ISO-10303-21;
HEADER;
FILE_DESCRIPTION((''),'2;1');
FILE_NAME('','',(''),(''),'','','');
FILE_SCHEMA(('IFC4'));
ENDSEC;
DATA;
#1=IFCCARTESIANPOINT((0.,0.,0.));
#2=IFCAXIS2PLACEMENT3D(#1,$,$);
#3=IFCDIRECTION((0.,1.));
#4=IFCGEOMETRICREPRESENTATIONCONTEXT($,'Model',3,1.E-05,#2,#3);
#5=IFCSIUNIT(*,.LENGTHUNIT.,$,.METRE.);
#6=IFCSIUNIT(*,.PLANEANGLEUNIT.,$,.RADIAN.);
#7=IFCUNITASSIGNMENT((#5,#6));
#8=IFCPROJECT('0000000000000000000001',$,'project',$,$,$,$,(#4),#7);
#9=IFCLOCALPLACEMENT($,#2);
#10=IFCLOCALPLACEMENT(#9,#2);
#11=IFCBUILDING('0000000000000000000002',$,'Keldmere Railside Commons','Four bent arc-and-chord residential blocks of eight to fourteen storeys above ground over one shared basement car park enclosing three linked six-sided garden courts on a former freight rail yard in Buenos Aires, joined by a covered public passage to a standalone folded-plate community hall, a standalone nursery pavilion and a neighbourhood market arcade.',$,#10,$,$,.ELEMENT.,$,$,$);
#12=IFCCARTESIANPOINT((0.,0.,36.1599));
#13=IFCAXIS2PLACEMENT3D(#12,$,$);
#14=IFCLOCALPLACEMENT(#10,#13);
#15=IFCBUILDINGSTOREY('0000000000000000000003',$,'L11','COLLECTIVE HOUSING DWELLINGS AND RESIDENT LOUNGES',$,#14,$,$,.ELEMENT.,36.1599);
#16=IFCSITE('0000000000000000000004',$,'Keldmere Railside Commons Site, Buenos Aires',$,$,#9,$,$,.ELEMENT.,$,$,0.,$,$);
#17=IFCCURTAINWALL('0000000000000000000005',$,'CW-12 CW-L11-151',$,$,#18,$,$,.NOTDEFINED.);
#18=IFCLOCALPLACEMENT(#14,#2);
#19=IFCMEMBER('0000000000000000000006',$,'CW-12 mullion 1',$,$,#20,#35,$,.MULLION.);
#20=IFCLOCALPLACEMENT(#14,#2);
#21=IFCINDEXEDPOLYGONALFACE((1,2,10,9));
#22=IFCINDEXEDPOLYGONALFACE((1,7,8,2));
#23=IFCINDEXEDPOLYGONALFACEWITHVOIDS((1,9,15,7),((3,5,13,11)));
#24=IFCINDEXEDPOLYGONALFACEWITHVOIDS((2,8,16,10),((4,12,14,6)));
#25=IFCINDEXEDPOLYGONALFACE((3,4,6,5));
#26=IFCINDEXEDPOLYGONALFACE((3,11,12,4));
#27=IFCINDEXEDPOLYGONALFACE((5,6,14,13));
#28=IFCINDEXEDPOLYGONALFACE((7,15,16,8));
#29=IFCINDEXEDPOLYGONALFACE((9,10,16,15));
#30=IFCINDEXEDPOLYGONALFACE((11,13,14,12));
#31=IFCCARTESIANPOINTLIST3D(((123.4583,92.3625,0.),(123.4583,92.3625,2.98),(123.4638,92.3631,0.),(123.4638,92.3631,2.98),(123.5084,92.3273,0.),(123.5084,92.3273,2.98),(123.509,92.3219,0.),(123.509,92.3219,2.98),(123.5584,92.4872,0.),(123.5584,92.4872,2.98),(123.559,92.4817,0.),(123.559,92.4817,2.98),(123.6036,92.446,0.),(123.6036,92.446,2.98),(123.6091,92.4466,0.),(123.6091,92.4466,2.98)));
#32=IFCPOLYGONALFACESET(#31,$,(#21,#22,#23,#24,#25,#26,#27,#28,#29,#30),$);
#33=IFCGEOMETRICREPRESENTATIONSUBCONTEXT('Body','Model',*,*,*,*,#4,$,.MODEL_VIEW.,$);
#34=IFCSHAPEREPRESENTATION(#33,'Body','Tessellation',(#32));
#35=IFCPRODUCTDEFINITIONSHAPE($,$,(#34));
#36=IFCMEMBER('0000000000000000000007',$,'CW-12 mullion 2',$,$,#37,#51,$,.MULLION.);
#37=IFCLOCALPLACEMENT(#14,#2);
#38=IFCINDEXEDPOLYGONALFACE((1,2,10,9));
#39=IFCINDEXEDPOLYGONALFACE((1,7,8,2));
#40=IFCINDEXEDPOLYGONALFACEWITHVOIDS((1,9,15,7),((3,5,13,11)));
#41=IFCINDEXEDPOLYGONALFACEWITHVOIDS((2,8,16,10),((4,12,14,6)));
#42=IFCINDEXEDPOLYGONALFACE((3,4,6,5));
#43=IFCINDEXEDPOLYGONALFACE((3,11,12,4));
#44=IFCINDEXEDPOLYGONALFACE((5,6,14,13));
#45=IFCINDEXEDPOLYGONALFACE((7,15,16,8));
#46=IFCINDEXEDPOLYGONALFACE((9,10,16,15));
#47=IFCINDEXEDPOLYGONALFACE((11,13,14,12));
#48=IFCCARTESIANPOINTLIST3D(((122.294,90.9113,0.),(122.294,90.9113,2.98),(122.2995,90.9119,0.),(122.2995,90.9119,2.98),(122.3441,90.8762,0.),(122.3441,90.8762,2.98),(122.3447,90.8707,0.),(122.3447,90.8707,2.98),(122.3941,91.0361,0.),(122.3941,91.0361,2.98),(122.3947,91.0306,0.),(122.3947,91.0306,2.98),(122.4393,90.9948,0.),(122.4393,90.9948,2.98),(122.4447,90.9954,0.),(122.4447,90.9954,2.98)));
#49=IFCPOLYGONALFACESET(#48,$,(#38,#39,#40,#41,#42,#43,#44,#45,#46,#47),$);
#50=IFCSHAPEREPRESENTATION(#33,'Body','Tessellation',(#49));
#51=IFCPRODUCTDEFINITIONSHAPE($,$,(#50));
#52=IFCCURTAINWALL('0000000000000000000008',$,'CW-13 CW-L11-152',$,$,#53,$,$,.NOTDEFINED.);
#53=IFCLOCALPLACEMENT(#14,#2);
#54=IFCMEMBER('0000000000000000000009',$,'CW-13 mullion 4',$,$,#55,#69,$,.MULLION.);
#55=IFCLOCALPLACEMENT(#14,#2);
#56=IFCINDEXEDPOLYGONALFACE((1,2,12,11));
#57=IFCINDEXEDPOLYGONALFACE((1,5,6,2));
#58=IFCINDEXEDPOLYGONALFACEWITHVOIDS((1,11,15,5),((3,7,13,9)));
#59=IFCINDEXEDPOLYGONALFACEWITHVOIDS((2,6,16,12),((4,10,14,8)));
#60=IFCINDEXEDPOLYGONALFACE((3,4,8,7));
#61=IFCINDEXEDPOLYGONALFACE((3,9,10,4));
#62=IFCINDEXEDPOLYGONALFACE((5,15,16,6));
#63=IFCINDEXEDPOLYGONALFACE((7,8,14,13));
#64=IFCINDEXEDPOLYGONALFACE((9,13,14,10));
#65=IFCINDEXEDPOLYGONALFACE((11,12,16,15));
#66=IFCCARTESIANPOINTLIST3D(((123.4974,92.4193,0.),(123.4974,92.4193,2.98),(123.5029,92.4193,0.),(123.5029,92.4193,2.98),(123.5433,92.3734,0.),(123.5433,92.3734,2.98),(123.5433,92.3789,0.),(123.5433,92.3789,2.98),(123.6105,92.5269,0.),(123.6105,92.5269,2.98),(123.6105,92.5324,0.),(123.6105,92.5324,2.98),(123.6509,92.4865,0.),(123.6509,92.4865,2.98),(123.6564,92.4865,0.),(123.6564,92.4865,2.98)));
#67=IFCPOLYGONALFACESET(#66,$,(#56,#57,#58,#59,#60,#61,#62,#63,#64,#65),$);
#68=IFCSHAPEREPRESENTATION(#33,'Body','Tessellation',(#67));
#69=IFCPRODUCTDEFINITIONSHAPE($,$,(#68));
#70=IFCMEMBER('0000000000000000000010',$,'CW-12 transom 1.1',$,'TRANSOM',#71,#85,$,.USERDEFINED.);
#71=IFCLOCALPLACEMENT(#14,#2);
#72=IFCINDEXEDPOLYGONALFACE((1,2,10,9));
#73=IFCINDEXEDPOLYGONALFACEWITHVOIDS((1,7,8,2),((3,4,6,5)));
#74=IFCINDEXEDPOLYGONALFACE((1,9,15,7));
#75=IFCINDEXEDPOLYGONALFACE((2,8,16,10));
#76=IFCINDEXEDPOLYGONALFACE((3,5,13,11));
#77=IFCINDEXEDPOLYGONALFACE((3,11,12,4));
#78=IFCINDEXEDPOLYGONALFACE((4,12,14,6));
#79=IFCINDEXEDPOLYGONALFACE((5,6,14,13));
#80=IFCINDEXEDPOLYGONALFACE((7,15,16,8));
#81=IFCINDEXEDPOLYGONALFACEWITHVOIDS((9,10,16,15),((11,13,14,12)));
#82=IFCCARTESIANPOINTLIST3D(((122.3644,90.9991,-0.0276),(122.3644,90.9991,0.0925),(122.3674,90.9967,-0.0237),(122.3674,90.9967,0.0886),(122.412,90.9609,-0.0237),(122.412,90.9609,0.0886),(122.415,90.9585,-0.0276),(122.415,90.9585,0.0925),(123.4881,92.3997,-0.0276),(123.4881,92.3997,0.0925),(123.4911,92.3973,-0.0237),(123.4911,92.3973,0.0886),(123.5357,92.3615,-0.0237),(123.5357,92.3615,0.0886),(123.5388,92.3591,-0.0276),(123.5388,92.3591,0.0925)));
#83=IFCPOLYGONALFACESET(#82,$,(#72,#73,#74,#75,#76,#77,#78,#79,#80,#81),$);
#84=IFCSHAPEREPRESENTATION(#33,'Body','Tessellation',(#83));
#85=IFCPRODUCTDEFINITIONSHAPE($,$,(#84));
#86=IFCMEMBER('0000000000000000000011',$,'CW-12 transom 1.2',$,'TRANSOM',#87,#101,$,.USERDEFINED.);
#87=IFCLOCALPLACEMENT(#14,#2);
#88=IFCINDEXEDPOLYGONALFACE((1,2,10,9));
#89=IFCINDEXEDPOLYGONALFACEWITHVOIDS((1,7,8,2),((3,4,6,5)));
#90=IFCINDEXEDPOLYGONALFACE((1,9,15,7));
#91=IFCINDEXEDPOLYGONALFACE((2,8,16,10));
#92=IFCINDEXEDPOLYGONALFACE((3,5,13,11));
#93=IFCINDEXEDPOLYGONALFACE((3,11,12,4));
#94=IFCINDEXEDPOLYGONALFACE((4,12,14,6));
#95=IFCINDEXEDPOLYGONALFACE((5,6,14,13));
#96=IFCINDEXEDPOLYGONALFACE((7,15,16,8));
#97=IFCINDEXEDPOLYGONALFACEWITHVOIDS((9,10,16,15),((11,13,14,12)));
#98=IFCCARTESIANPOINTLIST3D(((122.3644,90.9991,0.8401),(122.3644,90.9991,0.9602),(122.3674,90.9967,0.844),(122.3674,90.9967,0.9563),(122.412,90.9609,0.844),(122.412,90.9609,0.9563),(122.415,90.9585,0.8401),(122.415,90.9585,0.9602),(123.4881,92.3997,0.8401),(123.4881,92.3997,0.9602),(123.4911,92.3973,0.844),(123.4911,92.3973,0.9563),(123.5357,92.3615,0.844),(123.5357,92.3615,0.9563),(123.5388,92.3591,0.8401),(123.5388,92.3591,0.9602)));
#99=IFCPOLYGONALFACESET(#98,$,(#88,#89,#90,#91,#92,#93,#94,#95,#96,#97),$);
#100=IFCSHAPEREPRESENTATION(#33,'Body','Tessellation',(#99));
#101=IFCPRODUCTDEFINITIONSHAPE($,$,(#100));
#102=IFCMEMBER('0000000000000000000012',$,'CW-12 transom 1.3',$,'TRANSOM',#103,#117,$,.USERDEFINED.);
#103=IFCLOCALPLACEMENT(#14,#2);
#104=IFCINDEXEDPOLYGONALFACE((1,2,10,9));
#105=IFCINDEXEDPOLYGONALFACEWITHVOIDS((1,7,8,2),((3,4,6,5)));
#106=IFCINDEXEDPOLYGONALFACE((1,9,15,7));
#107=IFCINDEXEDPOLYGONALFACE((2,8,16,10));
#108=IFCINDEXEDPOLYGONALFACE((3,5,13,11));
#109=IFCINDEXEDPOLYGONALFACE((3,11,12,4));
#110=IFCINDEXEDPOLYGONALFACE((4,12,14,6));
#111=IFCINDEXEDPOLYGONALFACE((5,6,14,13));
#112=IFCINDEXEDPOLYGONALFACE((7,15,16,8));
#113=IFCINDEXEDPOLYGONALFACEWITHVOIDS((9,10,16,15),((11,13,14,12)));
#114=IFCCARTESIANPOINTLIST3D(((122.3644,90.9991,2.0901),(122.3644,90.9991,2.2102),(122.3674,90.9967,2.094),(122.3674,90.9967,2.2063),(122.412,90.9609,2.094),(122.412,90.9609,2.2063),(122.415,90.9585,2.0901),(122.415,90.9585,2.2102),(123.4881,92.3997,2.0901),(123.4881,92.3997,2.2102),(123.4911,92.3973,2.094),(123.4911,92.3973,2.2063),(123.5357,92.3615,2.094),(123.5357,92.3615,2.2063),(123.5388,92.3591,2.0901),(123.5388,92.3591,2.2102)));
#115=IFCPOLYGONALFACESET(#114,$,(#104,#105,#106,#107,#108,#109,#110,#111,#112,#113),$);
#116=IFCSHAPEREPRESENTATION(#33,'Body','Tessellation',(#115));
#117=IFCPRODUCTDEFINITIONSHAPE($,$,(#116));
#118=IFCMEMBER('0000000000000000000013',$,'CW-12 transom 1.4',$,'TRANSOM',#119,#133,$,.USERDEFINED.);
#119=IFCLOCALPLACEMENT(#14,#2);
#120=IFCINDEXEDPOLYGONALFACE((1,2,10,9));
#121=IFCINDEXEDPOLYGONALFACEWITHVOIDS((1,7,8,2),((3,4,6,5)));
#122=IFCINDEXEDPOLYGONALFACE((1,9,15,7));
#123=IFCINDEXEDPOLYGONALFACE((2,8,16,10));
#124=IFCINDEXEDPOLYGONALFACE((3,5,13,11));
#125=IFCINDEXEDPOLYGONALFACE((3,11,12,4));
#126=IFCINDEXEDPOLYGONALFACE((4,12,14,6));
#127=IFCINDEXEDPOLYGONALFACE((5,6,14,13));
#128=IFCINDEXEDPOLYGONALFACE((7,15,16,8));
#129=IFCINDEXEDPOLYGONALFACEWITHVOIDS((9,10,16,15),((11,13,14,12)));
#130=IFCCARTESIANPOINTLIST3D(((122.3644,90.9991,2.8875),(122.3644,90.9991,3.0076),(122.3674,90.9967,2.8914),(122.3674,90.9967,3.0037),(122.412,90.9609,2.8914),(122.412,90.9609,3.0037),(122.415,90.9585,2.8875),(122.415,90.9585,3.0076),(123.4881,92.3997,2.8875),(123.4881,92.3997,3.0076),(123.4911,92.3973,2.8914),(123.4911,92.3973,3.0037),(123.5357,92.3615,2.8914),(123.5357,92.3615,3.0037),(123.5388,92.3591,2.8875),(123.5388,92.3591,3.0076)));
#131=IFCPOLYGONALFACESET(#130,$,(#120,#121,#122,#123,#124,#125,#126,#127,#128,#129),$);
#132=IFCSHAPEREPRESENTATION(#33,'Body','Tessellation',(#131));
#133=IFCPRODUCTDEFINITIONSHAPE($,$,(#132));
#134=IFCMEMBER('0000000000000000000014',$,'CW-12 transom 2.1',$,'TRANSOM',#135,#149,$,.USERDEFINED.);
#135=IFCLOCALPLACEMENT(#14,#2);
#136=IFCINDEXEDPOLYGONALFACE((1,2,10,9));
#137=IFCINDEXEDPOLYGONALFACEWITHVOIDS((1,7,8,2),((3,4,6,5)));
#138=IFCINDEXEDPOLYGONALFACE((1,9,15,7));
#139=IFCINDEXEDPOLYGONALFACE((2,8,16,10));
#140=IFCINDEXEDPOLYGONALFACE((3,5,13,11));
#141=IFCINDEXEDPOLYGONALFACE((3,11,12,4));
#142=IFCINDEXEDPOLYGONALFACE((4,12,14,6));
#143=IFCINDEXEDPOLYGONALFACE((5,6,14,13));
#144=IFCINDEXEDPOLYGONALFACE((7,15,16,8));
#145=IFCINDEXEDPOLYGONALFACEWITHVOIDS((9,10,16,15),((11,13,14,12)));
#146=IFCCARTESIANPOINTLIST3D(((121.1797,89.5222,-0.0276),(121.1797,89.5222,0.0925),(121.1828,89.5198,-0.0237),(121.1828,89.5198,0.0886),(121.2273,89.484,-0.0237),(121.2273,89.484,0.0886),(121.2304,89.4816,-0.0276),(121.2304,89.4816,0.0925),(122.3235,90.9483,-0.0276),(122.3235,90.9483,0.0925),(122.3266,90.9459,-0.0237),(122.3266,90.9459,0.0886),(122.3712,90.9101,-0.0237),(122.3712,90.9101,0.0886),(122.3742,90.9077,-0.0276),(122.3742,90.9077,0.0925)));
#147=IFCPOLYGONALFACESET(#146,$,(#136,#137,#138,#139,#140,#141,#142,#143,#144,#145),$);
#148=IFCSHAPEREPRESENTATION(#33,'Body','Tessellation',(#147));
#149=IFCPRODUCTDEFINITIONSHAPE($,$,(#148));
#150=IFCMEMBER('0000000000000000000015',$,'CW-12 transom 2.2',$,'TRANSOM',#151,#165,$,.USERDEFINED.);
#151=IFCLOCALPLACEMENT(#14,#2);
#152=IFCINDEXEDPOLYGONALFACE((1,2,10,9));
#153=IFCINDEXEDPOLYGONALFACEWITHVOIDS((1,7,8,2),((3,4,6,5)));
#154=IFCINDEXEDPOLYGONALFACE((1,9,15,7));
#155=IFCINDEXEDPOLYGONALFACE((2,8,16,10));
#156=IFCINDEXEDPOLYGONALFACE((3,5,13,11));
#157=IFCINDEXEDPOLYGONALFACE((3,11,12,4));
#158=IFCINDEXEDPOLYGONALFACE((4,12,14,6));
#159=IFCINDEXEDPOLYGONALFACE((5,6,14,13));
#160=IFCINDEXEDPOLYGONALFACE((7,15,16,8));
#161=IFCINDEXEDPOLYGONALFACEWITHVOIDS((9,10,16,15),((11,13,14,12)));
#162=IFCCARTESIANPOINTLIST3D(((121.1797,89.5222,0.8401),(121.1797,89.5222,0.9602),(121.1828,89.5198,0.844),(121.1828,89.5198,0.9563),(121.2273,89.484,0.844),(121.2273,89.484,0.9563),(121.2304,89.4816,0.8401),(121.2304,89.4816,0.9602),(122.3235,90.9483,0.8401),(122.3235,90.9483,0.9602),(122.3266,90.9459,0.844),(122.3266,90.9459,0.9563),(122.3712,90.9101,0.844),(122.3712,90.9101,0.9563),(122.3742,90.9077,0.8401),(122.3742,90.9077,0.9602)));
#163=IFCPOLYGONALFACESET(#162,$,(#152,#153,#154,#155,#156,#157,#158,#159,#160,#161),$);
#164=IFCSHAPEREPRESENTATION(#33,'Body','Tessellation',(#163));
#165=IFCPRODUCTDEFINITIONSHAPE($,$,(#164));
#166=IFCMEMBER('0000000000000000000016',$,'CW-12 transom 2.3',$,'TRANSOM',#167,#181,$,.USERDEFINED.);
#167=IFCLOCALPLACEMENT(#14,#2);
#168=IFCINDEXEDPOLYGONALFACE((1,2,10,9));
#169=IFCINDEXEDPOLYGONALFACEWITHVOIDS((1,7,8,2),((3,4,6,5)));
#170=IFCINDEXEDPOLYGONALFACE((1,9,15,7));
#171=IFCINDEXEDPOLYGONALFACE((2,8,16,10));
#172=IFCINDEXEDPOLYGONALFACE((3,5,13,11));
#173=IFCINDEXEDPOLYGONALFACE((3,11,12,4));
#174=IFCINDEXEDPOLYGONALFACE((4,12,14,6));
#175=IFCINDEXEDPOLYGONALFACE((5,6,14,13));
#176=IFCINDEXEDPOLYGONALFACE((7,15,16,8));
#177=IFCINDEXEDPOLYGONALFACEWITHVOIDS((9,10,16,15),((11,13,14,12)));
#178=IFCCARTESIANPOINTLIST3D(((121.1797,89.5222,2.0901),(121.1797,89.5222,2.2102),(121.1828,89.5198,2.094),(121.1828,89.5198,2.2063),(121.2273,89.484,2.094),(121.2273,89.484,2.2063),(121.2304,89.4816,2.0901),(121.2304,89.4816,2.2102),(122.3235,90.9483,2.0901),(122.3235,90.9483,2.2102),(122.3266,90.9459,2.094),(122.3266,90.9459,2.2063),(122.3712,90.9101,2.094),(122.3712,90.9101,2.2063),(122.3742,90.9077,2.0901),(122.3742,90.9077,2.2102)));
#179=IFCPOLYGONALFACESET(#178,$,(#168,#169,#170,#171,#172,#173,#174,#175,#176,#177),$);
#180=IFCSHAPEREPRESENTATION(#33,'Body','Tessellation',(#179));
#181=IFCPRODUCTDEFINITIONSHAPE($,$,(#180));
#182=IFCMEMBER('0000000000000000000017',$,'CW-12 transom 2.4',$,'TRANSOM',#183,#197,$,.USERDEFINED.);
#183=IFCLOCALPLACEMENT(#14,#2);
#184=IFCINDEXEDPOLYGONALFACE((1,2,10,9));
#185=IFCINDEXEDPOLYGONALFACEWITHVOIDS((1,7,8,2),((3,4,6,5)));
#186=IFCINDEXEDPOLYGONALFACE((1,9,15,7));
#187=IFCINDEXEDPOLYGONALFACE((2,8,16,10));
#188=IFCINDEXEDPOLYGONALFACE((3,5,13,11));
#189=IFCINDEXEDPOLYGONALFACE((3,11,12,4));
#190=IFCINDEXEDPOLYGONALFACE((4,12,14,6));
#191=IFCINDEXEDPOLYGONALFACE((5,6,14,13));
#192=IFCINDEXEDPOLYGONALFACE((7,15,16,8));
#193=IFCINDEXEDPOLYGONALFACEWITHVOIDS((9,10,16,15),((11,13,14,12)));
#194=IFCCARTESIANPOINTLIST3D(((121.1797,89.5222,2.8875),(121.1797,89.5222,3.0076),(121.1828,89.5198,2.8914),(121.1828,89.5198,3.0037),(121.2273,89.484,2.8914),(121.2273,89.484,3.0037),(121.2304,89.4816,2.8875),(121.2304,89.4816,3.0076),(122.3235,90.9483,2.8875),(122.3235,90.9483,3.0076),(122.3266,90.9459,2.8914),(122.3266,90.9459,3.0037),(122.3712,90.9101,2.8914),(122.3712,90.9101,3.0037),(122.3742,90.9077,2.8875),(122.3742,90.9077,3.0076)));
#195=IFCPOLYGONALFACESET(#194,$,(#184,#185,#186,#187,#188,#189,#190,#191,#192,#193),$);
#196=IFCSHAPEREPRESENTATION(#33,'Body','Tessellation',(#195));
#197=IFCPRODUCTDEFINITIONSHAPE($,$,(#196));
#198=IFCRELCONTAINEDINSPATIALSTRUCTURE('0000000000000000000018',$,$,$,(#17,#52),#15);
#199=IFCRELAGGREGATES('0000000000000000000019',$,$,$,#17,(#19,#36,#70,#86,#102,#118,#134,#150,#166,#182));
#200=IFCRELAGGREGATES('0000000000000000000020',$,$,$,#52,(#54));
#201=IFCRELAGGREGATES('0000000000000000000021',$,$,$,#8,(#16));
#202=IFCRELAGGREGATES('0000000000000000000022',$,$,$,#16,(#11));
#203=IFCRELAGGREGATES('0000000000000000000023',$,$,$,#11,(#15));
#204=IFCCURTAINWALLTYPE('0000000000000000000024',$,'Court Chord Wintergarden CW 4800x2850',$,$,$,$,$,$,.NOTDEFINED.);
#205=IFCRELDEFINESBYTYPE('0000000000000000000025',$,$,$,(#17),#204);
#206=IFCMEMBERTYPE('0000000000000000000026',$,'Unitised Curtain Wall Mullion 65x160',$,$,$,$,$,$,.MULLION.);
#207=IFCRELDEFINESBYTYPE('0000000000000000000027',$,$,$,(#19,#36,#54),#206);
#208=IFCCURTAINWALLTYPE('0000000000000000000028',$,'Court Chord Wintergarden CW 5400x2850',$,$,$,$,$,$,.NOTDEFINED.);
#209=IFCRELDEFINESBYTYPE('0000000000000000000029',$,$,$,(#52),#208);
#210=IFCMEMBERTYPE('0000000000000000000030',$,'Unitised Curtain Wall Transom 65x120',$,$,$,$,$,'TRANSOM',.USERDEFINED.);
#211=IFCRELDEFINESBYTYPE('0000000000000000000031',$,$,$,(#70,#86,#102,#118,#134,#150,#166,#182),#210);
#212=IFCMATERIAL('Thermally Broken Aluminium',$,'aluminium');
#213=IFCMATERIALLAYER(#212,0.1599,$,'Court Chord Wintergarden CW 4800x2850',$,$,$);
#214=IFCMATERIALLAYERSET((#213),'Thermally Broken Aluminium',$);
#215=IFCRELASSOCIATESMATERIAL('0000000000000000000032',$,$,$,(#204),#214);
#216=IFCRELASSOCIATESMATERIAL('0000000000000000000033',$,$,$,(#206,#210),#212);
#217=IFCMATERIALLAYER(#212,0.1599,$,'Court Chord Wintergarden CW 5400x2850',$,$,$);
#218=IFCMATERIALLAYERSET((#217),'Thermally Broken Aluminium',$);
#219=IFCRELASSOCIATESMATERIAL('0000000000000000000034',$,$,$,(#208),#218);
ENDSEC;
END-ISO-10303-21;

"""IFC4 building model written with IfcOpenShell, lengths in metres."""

from ifc_helpers import new_model, si_unit, direction, frame, origin, origin_2d, place, context, subcontext, project, spatial, hollow_rectangle, extrude, material, layer, layer_set, material_profile, profile_set, type_object, element, aggregate, save


model = new_model("IFC4")

# Units and contexts
model_context = context("Model", 3, precision=1e-05, world=origin(), true_north=direction((0.0, 1.0)))
body_context = subcontext(model_context, "Body", "Model", "MODEL_VIEW")
ifc_project = project(units=[si_unit("LENGTHUNIT", "METRE"), si_unit("PLANEANGLEUNIT", "RADIAN")], contexts=[model_context])

# Site, building, storey
site_placement = place(None, origin())
site = spatial("IfcSite", under=ifc_project, at=site_placement, Name="Keldmere Railside Commons Site, Buenos Aires", CompositionType="ELEMENT", RefElevation=0.0)
building_placement = place(site_placement, origin())
building = spatial("IfcBuilding", under=site, at=building_placement, Name="Keldmere Railside Commons", Description="Four bent arc-and-chord residential blocks of eight to fourteen storeys above ground over one shared basement car park enclosing three linked six-sided garden courts on a former freight rail yard in Buenos Aires, joined by a covered public passage to a standalone folded-plate community hall, a standalone nursery pavilion and a neighbourhood market arcade.", CompositionType="ELEMENT")
storey_placement = place(building_placement, frame((0.0, 0.0, 36.1599)))
storey = spatial("IfcBuildingStorey", under=building, at=storey_placement, Name="L11", Description="COLLECTIVE HOUSING DWELLINGS AND RESIDENT LOUNGES", CompositionType="ELEMENT", Elevation=36.1599)

# Curtain wall, members
ifc_material_1 = material(Name="Thermally Broken Aluminium", Category="aluminium")
ifc_layer_1 = layer(ifc_material_1, 0.1599, Name="Court Chord Wintergarden CW 4800x2850")
ifc_layer_set_1 = layer_set([ifc_layer_1], Name="Thermally Broken Aluminium")
curtain_wall_type_1 = type_object("IfcCurtainWallType", Name="Court Chord Wintergarden CW 4800x2850", PredefinedType="NOTDEFINED", material=ifc_layer_set_1)
curtain_wall_1_placement = place(storey_placement, origin())
curtain_wall_1 = element("IfcCurtainWall", 1, at=curtain_wall_1_placement, inside=storey, type_object=curtain_wall_type_1, Name="CW-12 CW-L11-151", PredefinedType="NOTDEFINED")
ifc_material_profile_1 = material_profile(ifc_material_1, hollow_rectangle(XDim=0.0649, YDim=0.1599, WallThickness=0.0039, at=origin_2d()), Name="ALU-MULL-65x160")
ifc_profile_set_1 = profile_set([ifc_material_profile_1], Name="Thermally Broken Aluminium")
member_type_1 = type_object("IfcMemberType", Name="Unitised Curtain Wall Mullion 65x160", PredefinedType="MULLION", material=ifc_profile_set_1)
member_1_placement = place(storey_placement, frame((123.5337, 92.4045, 0.0), z_axis=(0.0, 0.0, 1.0), x_axis=(0.780009, -0.625768, 0.0)))
member_1 = element("IfcMember", 2, at=member_1_placement, type_object=member_type_1, Name="CW-12 mullion 1", PredefinedType="MULLION", context=body_context, shape_type="SweptSolid", body=[
    extrude(hollow_rectangle(XDim=0.0649, YDim=0.1599, WallThickness=0.0039, at=origin_2d()), origin(), (0.0, 0.0, 1.0), 2.98),
])
member_2_placement = place(storey_placement, frame((122.3694, 90.9534, 0.0), z_axis=(0.0, 0.0, 1.0), x_axis=(0.780009, -0.625768, 0.0)))
member_2 = element("IfcMember", 3, at=member_2_placement, type_object=member_type_1, Name="CW-12 mullion 2", PredefinedType="MULLION", context=body_context, shape_type="SweptSolid", body=[
    extrude(hollow_rectangle(XDim=0.0649, YDim=0.1599, WallThickness=0.0039, at=origin_2d()), origin(), (0.0, 0.0, 1.0), 2.98),
])

# Curtain wall, member
ifc_layer_2 = layer(ifc_material_1, 0.1599, Name="Court Chord Wintergarden CW 5400x2850")
ifc_layer_set_2 = layer_set([ifc_layer_2], Name="Thermally Broken Aluminium")
curtain_wall_type_2 = type_object("IfcCurtainWallType", Name="Court Chord Wintergarden CW 5400x2850", PredefinedType="NOTDEFINED", material=ifc_layer_set_2)
curtain_wall_2_placement = place(storey_placement, origin())
curtain_wall_2 = element("IfcCurtainWall", 4, at=curtain_wall_2_placement, inside=storey, type_object=curtain_wall_type_2, Name="CW-13 CW-L11-152", PredefinedType="NOTDEFINED")
member_3_placement = place(storey_placement, frame((123.5769, 92.4529, 0.0), z_axis=(0.0, 0.0, 1.0), x_axis=(0.707107, -0.707107, 0.0)))
member_3 = element("IfcMember", 5, at=member_3_placement, type_object=member_type_1, Name="CW-13 mullion 4", PredefinedType="MULLION", context=body_context, shape_type="SweptSolid", body=[
    extrude(hollow_rectangle(XDim=0.0649, YDim=0.1599, WallThickness=0.0039, at=origin_2d()), origin(), (0.0, 0.0, 1.0), 2.98),
])

# Members
ifc_material_profile_2 = material_profile(ifc_material_1, hollow_rectangle(XDim=0.0649, YDim=0.1201, WallThickness=0.0039, at=origin_2d()), Name="ALU-TRAN-65x120")
ifc_profile_set_2 = profile_set([ifc_material_profile_2], Name="Thermally Broken Aluminium")
member_type_2 = type_object("IfcMemberType", Name="Unitised Curtain Wall Transom 65x120", ElementType="TRANSOM", PredefinedType="USERDEFINED", material=ifc_profile_set_2)
member_4_placement = place(storey_placement, frame((123.5134, 92.3794, 0.0325), z_axis=(-0.625805, -0.779979, 0.0), x_axis=(0.779979, -0.625805, 0.0)))
member_4 = element("IfcMember", 6, at=member_4_placement, type_object=member_type_2, Name="CW-12 transom 1.1", ObjectType="TRANSOM", PredefinedType="USERDEFINED", context=body_context, shape_type="SweptSolid", body=[
    extrude(hollow_rectangle(XDim=0.0649, YDim=0.1201, WallThickness=0.0039, at=origin_2d()), origin(), (0.0, 0.0, 1.0), 1.7957),
])
member_5_placement = place(storey_placement, frame((123.5134, 92.3794, 0.9001), z_axis=(-0.625805, -0.779979, 0.0), x_axis=(0.779979, -0.625805, 0.0)))
member_5 = element("IfcMember", 7, at=member_5_placement, type_object=member_type_2, Name="CW-12 transom 1.2", ObjectType="TRANSOM", PredefinedType="USERDEFINED", context=body_context, shape_type="SweptSolid", body=[
    extrude(hollow_rectangle(XDim=0.0649, YDim=0.1201, WallThickness=0.0039, at=origin_2d()), origin(), (0.0, 0.0, 1.0), 1.7957),
])
member_6_placement = place(storey_placement, frame((123.5134, 92.3794, 2.1501), z_axis=(-0.625805, -0.779979, 0.0), x_axis=(0.779979, -0.625805, 0.0)))
member_6 = element("IfcMember", 8, at=member_6_placement, type_object=member_type_2, Name="CW-12 transom 1.3", ObjectType="TRANSOM", PredefinedType="USERDEFINED", context=body_context, shape_type="SweptSolid", body=[
    extrude(hollow_rectangle(XDim=0.0649, YDim=0.1201, WallThickness=0.0039, at=origin_2d()), origin(), (0.0, 0.0, 1.0), 1.7957),
])
member_7_placement = place(storey_placement, frame((123.5134, 92.3794, 2.9475), z_axis=(-0.625805, -0.779979, 0.0), x_axis=(0.779979, -0.625805, 0.0)))
member_7 = element("IfcMember", 9, at=member_7_placement, type_object=member_type_2, Name="CW-12 transom 1.4", ObjectType="TRANSOM", PredefinedType="USERDEFINED", context=body_context, shape_type="SweptSolid", body=[
    extrude(hollow_rectangle(XDim=0.0649, YDim=0.1201, WallThickness=0.0039, at=origin_2d()), origin(), (0.0, 0.0, 1.0), 1.7957),
])
member_8_placement = place(storey_placement, frame((122.3489, 90.928, 0.0325), z_axis=(-0.625688, -0.780073, 0.0), x_axis=(0.780073, -0.625688, 0.0)))
member_8 = element("IfcMember", 10, at=member_8_placement, type_object=member_type_2, Name="CW-12 transom 2.1", ObjectType="TRANSOM", PredefinedType="USERDEFINED", context=body_context, shape_type="SweptSolid", body=[
    extrude(hollow_rectangle(XDim=0.0649, YDim=0.1201, WallThickness=0.0039, at=origin_2d()), origin(), (0.0, 0.0, 1.0), 1.8281),
])
member_9_placement = place(storey_placement, frame((122.3489, 90.928, 0.9001), z_axis=(-0.625688, -0.780073, 0.0), x_axis=(0.780073, -0.625688, 0.0)))
member_9 = element("IfcMember", 11, at=member_9_placement, type_object=member_type_2, Name="CW-12 transom 2.2", ObjectType="TRANSOM", PredefinedType="USERDEFINED", context=body_context, shape_type="SweptSolid", body=[
    extrude(hollow_rectangle(XDim=0.0649, YDim=0.1201, WallThickness=0.0039, at=origin_2d()), origin(), (0.0, 0.0, 1.0), 1.8281),
])
member_10_placement = place(storey_placement, frame((122.3489, 90.928, 2.1501), z_axis=(-0.625688, -0.780073, 0.0), x_axis=(0.780073, -0.625688, 0.0)))
member_10 = element("IfcMember", 12, at=member_10_placement, type_object=member_type_2, Name="CW-12 transom 2.3", ObjectType="TRANSOM", PredefinedType="USERDEFINED", context=body_context, shape_type="SweptSolid", body=[
    extrude(hollow_rectangle(XDim=0.0649, YDim=0.1201, WallThickness=0.0039, at=origin_2d()), origin(), (0.0, 0.0, 1.0), 1.8281),
])
member_11_placement = place(storey_placement, frame((122.3489, 90.928, 2.9475), z_axis=(-0.625688, -0.780073, 0.0), x_axis=(0.780073, -0.625688, 0.0)))
member_11 = element("IfcMember", 13, at=member_11_placement, type_object=member_type_2, Name="CW-12 transom 2.4", ObjectType="TRANSOM", PredefinedType="USERDEFINED", context=body_context, shape_type="SweptSolid", body=[
    extrude(hollow_rectangle(XDim=0.0649, YDim=0.1201, WallThickness=0.0039, at=origin_2d()), origin(), (0.0, 0.0, 1.0), 1.8281),
])

aggregate(curtain_wall_1, [member_1, member_2, member_4, member_5, member_6, member_7, member_8, member_9, member_10, member_11])
aggregate(curtain_wall_2, [member_3])

save(model, "model.ifc")
